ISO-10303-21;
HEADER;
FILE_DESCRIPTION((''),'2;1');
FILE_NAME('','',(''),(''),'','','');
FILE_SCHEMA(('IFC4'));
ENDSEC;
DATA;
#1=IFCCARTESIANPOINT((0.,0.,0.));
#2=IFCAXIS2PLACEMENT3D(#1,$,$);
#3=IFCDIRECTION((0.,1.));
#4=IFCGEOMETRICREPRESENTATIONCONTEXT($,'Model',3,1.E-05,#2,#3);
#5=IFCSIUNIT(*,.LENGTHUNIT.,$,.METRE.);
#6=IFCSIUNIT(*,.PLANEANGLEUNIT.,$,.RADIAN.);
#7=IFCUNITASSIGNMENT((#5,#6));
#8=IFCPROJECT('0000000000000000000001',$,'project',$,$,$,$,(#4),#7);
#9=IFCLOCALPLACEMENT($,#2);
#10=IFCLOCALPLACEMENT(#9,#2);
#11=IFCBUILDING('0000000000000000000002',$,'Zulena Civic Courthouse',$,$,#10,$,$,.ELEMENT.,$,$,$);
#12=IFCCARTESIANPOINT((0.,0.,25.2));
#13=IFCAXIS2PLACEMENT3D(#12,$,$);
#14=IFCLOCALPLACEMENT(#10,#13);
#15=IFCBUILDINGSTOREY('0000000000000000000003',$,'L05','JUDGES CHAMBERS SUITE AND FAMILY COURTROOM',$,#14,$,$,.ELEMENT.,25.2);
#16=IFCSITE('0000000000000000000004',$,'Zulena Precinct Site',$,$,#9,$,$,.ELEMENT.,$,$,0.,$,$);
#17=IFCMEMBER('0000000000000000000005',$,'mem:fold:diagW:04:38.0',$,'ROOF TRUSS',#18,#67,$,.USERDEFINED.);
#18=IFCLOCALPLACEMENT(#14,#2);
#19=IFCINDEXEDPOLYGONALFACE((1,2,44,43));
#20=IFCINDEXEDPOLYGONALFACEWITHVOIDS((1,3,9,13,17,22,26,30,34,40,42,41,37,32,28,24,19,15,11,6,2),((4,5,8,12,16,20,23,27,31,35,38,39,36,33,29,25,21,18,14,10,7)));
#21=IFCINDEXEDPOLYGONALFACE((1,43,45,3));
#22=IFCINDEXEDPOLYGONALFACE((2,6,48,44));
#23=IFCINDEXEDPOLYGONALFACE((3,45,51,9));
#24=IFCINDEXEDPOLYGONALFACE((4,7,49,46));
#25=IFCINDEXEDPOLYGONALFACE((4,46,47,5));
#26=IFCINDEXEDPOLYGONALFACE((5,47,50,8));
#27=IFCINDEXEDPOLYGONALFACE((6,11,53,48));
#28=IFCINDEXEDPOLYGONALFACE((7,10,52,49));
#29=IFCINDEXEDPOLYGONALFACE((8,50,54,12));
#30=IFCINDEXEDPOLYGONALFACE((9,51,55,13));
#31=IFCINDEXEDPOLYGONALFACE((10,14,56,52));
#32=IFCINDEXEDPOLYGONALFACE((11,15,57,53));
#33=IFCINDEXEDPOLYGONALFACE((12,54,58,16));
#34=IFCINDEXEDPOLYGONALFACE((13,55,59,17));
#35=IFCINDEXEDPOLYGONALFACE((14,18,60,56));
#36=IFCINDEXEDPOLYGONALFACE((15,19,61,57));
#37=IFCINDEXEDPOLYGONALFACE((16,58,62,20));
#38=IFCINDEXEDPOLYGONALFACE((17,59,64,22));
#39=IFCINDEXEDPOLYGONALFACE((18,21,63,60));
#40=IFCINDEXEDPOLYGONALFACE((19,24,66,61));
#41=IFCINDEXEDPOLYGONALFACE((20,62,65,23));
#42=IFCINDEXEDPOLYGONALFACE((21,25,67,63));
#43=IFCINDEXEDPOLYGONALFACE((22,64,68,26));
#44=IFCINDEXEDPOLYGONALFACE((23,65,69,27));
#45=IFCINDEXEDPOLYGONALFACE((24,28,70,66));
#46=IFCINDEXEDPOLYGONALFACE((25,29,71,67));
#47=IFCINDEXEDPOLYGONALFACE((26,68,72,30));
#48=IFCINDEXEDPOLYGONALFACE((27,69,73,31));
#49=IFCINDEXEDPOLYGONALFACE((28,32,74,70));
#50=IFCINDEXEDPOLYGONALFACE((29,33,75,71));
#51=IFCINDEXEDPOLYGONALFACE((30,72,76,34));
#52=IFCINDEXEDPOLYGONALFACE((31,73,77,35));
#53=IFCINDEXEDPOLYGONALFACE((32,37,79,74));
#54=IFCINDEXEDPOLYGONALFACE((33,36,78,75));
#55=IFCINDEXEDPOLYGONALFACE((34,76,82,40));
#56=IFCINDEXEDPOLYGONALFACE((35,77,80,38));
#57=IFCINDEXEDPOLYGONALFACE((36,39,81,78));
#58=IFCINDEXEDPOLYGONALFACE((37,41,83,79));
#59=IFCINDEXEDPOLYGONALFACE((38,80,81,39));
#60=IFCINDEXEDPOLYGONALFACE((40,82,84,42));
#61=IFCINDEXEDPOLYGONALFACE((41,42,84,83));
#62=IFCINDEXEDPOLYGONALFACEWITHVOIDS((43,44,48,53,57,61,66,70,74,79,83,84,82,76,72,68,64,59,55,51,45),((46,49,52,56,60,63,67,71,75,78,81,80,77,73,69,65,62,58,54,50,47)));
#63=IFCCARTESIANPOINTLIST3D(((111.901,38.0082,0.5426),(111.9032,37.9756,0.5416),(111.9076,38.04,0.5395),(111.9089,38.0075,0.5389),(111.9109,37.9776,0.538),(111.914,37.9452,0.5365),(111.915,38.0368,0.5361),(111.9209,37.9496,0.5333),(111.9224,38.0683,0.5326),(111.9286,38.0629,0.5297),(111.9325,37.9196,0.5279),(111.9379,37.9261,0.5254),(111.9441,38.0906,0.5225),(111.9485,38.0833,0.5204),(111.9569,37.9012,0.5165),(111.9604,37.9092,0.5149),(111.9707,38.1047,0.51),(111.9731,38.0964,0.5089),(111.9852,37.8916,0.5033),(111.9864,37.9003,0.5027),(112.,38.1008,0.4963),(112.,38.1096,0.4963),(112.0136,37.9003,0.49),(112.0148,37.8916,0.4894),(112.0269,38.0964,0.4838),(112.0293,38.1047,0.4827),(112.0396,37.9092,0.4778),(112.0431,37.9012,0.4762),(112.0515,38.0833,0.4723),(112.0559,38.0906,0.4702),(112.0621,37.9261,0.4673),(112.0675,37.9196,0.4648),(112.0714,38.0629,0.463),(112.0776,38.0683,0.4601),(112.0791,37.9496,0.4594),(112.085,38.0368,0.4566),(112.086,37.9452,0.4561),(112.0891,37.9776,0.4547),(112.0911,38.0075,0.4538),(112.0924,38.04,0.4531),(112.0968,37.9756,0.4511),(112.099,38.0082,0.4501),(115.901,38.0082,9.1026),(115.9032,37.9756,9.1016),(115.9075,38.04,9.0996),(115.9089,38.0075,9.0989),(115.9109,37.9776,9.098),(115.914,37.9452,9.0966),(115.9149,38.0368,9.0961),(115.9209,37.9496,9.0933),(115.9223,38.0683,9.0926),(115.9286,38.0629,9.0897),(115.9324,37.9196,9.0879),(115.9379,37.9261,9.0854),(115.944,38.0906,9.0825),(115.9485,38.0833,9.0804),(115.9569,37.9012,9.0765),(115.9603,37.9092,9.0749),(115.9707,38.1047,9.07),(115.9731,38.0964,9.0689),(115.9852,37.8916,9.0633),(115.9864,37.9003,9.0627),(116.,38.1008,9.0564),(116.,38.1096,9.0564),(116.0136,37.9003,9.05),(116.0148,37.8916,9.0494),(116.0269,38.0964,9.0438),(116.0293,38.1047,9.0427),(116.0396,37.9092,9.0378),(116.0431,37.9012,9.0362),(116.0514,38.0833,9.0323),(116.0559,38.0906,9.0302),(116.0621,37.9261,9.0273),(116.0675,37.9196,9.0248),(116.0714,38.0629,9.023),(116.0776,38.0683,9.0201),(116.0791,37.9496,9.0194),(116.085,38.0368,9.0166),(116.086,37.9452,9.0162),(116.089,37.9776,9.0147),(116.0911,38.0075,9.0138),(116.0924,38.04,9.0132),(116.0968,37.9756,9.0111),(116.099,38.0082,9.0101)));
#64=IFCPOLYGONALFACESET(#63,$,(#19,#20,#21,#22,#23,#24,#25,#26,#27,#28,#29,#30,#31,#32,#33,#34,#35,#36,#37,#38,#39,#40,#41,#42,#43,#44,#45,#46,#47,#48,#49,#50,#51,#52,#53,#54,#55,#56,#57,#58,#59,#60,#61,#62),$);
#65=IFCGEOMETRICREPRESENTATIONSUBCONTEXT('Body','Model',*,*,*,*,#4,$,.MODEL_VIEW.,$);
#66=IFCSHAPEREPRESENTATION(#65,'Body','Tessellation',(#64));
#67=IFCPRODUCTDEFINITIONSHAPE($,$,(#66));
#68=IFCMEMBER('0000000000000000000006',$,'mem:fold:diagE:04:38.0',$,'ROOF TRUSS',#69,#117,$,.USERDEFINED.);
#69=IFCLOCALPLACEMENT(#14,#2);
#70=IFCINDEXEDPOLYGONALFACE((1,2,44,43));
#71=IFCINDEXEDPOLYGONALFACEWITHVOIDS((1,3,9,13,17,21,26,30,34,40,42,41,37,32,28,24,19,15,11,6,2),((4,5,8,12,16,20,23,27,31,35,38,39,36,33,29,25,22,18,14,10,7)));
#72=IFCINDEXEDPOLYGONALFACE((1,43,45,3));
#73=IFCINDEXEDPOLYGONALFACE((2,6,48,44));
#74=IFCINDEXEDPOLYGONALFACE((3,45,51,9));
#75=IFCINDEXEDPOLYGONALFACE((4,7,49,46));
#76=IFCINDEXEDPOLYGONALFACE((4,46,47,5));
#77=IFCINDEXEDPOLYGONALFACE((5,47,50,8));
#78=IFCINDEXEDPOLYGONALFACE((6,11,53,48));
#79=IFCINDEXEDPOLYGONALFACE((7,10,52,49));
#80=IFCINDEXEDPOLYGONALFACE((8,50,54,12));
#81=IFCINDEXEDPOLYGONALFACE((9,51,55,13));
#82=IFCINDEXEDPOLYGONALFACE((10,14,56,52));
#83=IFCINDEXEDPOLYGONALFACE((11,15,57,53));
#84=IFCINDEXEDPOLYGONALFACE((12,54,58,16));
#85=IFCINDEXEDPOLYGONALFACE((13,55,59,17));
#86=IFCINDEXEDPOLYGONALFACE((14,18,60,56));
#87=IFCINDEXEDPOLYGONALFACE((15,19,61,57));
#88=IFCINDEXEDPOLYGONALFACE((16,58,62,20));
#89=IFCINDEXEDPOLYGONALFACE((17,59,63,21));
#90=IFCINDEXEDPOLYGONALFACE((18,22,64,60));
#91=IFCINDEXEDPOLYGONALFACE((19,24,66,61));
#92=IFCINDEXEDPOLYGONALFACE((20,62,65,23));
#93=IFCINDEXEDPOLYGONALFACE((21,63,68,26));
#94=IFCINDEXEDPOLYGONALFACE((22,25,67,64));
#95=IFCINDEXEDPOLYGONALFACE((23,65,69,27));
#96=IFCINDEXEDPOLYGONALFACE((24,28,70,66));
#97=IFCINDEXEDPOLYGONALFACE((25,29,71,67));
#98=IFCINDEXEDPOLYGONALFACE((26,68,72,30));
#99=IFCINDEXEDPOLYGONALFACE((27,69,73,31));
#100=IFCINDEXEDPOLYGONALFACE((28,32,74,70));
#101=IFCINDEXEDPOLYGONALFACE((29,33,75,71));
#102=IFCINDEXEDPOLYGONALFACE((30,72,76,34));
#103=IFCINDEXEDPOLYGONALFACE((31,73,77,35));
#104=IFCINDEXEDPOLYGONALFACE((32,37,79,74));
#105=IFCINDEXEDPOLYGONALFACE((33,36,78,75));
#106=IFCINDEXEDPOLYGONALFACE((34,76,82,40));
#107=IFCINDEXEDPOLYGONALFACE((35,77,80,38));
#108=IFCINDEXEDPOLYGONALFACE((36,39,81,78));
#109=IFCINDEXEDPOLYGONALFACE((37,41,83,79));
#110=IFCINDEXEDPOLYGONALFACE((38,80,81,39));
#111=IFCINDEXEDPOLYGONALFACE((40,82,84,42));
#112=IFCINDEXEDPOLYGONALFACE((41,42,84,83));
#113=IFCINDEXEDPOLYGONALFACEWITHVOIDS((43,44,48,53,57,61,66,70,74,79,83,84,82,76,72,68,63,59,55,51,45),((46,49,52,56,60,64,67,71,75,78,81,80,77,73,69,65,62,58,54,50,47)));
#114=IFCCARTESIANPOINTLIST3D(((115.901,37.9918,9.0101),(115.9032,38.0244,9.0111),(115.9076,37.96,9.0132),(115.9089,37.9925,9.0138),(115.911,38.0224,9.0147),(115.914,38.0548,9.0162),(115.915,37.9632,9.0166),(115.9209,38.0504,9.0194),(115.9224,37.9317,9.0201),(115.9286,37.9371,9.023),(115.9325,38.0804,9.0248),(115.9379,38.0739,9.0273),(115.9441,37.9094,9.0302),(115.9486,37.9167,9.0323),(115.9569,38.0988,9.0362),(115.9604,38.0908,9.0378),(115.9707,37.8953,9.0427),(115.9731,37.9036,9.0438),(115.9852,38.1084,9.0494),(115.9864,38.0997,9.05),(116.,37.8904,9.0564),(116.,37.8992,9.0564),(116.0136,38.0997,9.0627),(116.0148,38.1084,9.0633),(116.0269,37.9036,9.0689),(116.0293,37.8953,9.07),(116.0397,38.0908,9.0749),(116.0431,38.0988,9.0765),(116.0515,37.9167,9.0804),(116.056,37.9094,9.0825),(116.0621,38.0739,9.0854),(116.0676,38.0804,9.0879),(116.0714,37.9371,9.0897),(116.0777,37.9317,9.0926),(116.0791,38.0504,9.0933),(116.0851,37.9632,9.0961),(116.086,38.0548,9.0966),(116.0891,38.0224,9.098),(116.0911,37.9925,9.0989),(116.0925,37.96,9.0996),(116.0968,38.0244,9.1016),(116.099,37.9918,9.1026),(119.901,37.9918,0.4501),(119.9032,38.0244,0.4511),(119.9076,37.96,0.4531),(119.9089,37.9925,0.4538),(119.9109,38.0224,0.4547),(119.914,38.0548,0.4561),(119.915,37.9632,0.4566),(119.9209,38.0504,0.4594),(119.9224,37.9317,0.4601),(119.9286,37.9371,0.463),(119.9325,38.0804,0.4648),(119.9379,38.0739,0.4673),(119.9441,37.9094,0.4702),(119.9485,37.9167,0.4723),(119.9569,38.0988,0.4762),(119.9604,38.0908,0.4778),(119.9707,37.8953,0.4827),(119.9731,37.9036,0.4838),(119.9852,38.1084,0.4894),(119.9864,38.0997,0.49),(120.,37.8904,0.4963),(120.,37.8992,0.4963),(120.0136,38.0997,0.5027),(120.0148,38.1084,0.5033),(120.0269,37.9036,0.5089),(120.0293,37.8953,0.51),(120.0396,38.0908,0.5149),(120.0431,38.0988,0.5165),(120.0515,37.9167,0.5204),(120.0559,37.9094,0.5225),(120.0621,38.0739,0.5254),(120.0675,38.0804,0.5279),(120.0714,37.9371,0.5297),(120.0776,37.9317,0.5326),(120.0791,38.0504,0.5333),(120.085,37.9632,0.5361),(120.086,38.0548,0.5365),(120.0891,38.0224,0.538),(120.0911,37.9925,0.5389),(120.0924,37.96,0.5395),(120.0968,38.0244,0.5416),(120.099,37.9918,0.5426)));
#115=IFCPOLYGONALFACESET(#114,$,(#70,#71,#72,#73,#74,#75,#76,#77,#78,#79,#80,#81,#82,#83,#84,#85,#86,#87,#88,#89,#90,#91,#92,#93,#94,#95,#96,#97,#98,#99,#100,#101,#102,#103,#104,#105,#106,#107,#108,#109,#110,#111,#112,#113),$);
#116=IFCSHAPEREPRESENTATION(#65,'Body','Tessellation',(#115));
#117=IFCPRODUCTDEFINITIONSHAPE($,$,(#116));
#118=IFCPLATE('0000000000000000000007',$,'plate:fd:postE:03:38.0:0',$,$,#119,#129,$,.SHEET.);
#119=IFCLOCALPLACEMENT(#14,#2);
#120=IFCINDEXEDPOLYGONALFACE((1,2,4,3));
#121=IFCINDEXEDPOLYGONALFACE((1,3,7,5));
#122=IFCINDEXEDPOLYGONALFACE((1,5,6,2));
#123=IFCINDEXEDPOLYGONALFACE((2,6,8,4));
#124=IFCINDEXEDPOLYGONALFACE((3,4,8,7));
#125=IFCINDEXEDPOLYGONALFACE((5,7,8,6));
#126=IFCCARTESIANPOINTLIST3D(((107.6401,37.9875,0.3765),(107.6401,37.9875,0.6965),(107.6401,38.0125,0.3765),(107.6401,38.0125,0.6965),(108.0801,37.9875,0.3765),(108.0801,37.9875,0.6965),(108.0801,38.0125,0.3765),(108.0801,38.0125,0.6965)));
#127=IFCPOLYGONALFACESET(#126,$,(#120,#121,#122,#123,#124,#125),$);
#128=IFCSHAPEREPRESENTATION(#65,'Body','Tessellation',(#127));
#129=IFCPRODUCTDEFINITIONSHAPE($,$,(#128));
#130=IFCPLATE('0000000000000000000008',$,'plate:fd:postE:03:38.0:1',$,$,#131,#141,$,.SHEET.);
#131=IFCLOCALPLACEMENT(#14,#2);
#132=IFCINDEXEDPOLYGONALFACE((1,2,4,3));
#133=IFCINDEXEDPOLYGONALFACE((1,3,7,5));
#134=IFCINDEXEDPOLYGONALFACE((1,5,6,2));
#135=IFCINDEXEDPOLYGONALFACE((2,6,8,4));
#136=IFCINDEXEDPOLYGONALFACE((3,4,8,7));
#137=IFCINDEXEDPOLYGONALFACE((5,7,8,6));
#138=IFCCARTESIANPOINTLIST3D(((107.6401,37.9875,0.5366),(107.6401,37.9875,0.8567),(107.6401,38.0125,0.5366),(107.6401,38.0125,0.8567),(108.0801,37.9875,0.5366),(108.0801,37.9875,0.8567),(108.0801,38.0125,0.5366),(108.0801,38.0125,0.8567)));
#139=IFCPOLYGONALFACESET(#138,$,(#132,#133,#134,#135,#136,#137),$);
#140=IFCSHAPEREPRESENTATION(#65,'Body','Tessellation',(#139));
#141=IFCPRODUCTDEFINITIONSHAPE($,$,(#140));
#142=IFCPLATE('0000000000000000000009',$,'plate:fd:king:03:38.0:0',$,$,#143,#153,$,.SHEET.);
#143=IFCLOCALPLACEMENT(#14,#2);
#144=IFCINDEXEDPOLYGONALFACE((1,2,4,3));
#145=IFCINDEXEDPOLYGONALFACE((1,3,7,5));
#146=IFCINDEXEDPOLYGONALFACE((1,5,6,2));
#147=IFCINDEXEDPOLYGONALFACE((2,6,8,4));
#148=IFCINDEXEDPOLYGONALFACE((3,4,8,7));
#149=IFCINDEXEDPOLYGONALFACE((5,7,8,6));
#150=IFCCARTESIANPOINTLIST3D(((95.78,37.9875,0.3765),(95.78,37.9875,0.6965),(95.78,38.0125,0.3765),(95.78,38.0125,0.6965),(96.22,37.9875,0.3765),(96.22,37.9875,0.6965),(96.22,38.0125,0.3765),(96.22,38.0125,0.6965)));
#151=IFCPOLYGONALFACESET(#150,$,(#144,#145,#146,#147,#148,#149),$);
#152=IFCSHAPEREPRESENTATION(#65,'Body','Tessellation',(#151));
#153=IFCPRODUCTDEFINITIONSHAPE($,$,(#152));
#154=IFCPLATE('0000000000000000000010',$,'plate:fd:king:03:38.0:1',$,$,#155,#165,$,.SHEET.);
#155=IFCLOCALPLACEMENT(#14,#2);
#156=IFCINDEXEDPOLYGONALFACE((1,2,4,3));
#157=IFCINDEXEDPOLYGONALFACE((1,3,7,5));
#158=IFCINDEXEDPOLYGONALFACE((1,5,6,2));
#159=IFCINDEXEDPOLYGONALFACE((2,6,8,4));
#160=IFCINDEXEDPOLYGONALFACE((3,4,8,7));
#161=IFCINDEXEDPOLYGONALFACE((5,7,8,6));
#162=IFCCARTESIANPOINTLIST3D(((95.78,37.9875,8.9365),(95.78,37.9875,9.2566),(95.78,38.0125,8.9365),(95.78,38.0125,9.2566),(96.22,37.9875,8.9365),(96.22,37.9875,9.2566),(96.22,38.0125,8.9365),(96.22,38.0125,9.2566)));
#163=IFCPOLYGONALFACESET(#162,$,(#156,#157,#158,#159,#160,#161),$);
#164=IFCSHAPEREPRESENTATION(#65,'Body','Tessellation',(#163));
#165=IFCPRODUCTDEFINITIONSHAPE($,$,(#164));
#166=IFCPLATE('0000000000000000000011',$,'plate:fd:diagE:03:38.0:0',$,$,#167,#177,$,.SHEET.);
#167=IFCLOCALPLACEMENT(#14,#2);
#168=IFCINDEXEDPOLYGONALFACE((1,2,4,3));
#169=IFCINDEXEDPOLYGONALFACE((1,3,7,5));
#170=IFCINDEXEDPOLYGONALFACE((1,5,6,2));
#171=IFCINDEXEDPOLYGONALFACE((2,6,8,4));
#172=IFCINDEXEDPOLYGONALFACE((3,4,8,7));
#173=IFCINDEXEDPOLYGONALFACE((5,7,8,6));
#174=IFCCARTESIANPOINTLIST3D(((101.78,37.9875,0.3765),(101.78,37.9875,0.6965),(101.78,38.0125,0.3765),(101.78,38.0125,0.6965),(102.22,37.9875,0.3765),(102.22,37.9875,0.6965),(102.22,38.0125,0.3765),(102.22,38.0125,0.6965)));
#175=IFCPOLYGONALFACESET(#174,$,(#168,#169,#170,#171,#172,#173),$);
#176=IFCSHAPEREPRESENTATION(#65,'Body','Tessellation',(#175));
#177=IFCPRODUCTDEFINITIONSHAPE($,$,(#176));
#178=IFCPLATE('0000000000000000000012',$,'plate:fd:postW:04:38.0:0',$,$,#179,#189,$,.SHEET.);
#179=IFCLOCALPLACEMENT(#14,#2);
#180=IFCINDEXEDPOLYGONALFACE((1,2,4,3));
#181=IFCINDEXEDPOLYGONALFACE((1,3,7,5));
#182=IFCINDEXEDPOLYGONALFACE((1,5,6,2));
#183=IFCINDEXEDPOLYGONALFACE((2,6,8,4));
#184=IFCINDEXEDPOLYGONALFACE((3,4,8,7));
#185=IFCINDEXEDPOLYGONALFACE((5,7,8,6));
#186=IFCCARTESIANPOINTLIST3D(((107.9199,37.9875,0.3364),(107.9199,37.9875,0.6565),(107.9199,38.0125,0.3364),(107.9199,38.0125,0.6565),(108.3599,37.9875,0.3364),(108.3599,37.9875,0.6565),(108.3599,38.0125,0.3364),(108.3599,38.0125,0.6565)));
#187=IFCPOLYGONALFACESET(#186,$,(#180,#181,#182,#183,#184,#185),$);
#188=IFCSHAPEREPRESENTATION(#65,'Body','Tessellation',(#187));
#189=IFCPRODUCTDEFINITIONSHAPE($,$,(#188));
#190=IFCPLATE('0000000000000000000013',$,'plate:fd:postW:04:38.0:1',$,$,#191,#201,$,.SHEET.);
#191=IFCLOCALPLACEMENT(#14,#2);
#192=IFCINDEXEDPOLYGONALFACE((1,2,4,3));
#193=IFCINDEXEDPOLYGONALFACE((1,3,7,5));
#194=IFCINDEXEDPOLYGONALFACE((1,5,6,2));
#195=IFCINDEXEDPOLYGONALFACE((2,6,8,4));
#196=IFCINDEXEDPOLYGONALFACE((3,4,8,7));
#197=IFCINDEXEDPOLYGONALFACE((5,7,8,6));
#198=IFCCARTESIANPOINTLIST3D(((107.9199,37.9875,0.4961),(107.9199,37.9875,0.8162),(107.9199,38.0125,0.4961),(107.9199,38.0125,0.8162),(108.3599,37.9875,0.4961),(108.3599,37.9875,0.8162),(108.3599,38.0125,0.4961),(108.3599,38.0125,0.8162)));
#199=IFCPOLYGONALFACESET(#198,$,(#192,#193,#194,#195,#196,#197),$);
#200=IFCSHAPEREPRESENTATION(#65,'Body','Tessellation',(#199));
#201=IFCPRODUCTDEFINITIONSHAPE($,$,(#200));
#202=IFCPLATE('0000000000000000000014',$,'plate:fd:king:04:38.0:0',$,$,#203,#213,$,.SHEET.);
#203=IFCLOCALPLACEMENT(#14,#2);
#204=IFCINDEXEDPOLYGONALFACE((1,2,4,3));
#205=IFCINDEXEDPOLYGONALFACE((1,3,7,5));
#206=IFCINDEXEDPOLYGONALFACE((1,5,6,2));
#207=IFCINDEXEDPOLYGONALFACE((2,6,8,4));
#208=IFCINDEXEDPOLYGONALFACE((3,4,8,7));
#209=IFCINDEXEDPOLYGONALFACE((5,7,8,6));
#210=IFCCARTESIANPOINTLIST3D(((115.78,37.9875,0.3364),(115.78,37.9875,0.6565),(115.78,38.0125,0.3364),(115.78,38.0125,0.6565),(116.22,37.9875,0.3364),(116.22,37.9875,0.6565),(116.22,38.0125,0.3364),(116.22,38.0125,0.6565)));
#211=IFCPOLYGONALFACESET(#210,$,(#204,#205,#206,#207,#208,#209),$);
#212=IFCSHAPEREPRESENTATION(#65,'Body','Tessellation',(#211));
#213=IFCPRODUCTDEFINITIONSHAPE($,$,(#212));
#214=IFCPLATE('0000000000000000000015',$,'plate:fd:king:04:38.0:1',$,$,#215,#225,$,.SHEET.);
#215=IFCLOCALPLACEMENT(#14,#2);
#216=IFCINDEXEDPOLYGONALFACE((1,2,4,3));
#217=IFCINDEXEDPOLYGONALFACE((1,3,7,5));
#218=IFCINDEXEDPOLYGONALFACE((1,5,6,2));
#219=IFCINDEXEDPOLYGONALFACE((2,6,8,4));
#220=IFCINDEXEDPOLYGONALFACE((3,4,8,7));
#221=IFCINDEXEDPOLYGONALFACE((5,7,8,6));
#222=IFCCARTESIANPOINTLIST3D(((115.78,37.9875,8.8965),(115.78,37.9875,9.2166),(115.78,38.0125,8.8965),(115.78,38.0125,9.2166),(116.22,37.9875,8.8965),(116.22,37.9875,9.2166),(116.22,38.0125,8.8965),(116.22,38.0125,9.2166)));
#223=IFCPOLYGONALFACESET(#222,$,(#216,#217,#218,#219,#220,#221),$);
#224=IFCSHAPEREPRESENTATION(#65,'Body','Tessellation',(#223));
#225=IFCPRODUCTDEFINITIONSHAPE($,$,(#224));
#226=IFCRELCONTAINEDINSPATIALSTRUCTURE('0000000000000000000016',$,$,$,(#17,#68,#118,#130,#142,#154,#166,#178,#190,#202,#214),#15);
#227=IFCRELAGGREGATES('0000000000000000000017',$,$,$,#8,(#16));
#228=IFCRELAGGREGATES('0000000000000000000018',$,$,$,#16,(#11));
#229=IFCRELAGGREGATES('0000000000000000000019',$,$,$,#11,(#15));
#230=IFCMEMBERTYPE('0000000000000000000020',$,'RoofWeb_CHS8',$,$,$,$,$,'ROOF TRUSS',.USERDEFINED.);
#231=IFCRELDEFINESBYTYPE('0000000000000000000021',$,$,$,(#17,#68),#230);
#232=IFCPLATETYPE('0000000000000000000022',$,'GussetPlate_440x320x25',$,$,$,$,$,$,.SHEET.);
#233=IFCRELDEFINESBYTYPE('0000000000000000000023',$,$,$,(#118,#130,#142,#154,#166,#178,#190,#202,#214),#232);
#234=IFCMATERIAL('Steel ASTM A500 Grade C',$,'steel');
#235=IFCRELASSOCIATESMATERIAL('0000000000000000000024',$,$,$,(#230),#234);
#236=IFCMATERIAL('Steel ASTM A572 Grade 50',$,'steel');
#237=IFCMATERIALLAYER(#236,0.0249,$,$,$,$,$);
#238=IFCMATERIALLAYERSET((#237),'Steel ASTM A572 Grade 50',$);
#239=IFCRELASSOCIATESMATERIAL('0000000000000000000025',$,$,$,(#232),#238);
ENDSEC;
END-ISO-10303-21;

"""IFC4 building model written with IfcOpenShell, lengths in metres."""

from ifc_helpers import new_model, si_unit, direction, frame, origin, origin_2d, place, context, subcontext, project, spatial, rectangle, hollow_circle, extrude, material, layer, layer_set, material_profile, profile_set, type_object, element, save


model = new_model("IFC4")

# Units and contexts
model_context = context("Model", 3, precision=1e-05, world=origin(), true_north=direction((0.0, 1.0)))
body_context = subcontext(model_context, "Body", "Model", "MODEL_VIEW")
ifc_project = project(units=[si_unit("LENGTHUNIT", "METRE"), si_unit("PLANEANGLEUNIT", "RADIAN")], contexts=[model_context])

# Site, building, storey
site_placement = place(None, origin())
site = spatial("IfcSite", under=ifc_project, at=site_placement, Name="Zulena Precinct Site", CompositionType="ELEMENT", RefElevation=0.0)
building_placement = place(site_placement, origin())
building = spatial("IfcBuilding", under=site, at=building_placement, Name="Zulena Civic Courthouse", CompositionType="ELEMENT")
storey_placement = place(building_placement, frame((0.0, 0.0, 25.2)))
storey = spatial("IfcBuildingStorey", under=building, at=storey_placement, Name="L05", Description="JUDGES CHAMBERS SUITE AND FAMILY COURTROOM", CompositionType="ELEMENT", Elevation=25.2)

# Members
ifc_material_1 = material(Name="Steel ASTM A500 Grade C", Category="steel")
ifc_material_profile_1 = material_profile(ifc_material_1, hollow_circle(Radius=0.1096, WallThickness=0.0088, at=origin_2d()), Name="HSS8.625X0.375")
ifc_profile_set_1 = profile_set([ifc_material_profile_1], Name="Steel ASTM A500 Grade C")
member_type_1 = type_object("IfcMemberType", Name="RoofWeb_CHS8", ElementType="ROOF TRUSS", PredefinedType="USERDEFINED", material=ifc_profile_set_1)
for number, where, z_axis, x_axis, name in (
    (1, (112.0, 38.0, 0.4963), (0.423347, 0.0, 0.905968), (0.0, 1.0, 0.0), "mem:fold:diagW:04:38.0"),
    (2, (120.0, 38.0, 0.4963), (-0.423347, 0.0, 0.905968), (0.0, -1.0, 0.0), "mem:fold:diagE:04:38.0"),
):
    element("IfcMember", number, at=place(storey_placement, frame(where, z_axis=z_axis, x_axis=x_axis)), inside=storey, type_object=member_type_1, Name=name, ObjectType="ROOF TRUSS", PredefinedType="USERDEFINED", context=body_context, shape_type="SweptSolid", body=[
        extrude(hollow_circle(Radius=0.1096, WallThickness=0.0088, at=origin_2d()), origin(), (0.0, 0.0, 1.0), 9.4485),
    ])

# Plates
ifc_material_2 = material(Name="Steel ASTM A572 Grade 50", Category="steel")
ifc_layer = layer(ifc_material_2, 0.0249)
ifc_layer_set = layer_set([ifc_layer], Name="Steel ASTM A572 Grade 50")
plate_type = type_object("IfcPlateType", Name="GussetPlate_440x320x25", PredefinedType="SHEET", material=ifc_layer_set)
for number, where, z_axis, x_axis, name in (
    (3, (107.8601, 38.0, 0.3765), (0.0, 0.0, 1.0), (1.0, 0.0, 0.0), "plate:fd:postE:03:38.0:0"),
    (4, (107.8601, 38.0, 0.5366), (0.0, 0.0, 1.0), (1.0, 0.0, 0.0), "plate:fd:postE:03:38.0:1"),
    (5, (96.0, 38.0, 0.3765), (0.0, 0.0, 1.0), (1.0, 0.0, 0.0), "plate:fd:king:03:38.0:0"),
    (6, (96.0, 38.0, 8.9365), (0.0, 0.0, 1.0), (1.0, 0.0, 0.0), "plate:fd:king:03:38.0:1"),
    (7, (102.0, 38.0, 0.3765), (0.0, 0.0, 1.0), (1.0, 0.0, 0.0), "plate:fd:diagE:03:38.0:0"),
    (8, (108.1399, 38.0, 0.3364), (0.0, 0.0, 1.0), (1.0, 0.0, 0.0), "plate:fd:postW:04:38.0:0"),
    (9, (108.1399, 38.0, 0.4961), (0.0, 0.0, 1.0), (1.0, 0.0, 0.0), "plate:fd:postW:04:38.0:1"),
    (10, (116.0, 38.0, 0.3364), (0.0, 0.0, 1.0), (1.0, 0.0, 0.0), "plate:fd:king:04:38.0:0"),
    (11, (116.0, 38.0, 8.8965), (0.0, 0.0, 1.0), (1.0, 0.0, 0.0), "plate:fd:king:04:38.0:1"),
):
    element("IfcPlate", number, at=place(storey_placement, frame(where, z_axis=z_axis, x_axis=x_axis)), inside=storey, type_object=plate_type, Name=name, PredefinedType="SHEET", context=body_context, shape_type="SweptSolid", body=[
        extrude(rectangle(XDim=0.4399, YDim=0.0249, at=origin_2d()), origin(), (0.0, 0.0, 1.0), 0.3201),
    ])

save(model, "model.ifc")
